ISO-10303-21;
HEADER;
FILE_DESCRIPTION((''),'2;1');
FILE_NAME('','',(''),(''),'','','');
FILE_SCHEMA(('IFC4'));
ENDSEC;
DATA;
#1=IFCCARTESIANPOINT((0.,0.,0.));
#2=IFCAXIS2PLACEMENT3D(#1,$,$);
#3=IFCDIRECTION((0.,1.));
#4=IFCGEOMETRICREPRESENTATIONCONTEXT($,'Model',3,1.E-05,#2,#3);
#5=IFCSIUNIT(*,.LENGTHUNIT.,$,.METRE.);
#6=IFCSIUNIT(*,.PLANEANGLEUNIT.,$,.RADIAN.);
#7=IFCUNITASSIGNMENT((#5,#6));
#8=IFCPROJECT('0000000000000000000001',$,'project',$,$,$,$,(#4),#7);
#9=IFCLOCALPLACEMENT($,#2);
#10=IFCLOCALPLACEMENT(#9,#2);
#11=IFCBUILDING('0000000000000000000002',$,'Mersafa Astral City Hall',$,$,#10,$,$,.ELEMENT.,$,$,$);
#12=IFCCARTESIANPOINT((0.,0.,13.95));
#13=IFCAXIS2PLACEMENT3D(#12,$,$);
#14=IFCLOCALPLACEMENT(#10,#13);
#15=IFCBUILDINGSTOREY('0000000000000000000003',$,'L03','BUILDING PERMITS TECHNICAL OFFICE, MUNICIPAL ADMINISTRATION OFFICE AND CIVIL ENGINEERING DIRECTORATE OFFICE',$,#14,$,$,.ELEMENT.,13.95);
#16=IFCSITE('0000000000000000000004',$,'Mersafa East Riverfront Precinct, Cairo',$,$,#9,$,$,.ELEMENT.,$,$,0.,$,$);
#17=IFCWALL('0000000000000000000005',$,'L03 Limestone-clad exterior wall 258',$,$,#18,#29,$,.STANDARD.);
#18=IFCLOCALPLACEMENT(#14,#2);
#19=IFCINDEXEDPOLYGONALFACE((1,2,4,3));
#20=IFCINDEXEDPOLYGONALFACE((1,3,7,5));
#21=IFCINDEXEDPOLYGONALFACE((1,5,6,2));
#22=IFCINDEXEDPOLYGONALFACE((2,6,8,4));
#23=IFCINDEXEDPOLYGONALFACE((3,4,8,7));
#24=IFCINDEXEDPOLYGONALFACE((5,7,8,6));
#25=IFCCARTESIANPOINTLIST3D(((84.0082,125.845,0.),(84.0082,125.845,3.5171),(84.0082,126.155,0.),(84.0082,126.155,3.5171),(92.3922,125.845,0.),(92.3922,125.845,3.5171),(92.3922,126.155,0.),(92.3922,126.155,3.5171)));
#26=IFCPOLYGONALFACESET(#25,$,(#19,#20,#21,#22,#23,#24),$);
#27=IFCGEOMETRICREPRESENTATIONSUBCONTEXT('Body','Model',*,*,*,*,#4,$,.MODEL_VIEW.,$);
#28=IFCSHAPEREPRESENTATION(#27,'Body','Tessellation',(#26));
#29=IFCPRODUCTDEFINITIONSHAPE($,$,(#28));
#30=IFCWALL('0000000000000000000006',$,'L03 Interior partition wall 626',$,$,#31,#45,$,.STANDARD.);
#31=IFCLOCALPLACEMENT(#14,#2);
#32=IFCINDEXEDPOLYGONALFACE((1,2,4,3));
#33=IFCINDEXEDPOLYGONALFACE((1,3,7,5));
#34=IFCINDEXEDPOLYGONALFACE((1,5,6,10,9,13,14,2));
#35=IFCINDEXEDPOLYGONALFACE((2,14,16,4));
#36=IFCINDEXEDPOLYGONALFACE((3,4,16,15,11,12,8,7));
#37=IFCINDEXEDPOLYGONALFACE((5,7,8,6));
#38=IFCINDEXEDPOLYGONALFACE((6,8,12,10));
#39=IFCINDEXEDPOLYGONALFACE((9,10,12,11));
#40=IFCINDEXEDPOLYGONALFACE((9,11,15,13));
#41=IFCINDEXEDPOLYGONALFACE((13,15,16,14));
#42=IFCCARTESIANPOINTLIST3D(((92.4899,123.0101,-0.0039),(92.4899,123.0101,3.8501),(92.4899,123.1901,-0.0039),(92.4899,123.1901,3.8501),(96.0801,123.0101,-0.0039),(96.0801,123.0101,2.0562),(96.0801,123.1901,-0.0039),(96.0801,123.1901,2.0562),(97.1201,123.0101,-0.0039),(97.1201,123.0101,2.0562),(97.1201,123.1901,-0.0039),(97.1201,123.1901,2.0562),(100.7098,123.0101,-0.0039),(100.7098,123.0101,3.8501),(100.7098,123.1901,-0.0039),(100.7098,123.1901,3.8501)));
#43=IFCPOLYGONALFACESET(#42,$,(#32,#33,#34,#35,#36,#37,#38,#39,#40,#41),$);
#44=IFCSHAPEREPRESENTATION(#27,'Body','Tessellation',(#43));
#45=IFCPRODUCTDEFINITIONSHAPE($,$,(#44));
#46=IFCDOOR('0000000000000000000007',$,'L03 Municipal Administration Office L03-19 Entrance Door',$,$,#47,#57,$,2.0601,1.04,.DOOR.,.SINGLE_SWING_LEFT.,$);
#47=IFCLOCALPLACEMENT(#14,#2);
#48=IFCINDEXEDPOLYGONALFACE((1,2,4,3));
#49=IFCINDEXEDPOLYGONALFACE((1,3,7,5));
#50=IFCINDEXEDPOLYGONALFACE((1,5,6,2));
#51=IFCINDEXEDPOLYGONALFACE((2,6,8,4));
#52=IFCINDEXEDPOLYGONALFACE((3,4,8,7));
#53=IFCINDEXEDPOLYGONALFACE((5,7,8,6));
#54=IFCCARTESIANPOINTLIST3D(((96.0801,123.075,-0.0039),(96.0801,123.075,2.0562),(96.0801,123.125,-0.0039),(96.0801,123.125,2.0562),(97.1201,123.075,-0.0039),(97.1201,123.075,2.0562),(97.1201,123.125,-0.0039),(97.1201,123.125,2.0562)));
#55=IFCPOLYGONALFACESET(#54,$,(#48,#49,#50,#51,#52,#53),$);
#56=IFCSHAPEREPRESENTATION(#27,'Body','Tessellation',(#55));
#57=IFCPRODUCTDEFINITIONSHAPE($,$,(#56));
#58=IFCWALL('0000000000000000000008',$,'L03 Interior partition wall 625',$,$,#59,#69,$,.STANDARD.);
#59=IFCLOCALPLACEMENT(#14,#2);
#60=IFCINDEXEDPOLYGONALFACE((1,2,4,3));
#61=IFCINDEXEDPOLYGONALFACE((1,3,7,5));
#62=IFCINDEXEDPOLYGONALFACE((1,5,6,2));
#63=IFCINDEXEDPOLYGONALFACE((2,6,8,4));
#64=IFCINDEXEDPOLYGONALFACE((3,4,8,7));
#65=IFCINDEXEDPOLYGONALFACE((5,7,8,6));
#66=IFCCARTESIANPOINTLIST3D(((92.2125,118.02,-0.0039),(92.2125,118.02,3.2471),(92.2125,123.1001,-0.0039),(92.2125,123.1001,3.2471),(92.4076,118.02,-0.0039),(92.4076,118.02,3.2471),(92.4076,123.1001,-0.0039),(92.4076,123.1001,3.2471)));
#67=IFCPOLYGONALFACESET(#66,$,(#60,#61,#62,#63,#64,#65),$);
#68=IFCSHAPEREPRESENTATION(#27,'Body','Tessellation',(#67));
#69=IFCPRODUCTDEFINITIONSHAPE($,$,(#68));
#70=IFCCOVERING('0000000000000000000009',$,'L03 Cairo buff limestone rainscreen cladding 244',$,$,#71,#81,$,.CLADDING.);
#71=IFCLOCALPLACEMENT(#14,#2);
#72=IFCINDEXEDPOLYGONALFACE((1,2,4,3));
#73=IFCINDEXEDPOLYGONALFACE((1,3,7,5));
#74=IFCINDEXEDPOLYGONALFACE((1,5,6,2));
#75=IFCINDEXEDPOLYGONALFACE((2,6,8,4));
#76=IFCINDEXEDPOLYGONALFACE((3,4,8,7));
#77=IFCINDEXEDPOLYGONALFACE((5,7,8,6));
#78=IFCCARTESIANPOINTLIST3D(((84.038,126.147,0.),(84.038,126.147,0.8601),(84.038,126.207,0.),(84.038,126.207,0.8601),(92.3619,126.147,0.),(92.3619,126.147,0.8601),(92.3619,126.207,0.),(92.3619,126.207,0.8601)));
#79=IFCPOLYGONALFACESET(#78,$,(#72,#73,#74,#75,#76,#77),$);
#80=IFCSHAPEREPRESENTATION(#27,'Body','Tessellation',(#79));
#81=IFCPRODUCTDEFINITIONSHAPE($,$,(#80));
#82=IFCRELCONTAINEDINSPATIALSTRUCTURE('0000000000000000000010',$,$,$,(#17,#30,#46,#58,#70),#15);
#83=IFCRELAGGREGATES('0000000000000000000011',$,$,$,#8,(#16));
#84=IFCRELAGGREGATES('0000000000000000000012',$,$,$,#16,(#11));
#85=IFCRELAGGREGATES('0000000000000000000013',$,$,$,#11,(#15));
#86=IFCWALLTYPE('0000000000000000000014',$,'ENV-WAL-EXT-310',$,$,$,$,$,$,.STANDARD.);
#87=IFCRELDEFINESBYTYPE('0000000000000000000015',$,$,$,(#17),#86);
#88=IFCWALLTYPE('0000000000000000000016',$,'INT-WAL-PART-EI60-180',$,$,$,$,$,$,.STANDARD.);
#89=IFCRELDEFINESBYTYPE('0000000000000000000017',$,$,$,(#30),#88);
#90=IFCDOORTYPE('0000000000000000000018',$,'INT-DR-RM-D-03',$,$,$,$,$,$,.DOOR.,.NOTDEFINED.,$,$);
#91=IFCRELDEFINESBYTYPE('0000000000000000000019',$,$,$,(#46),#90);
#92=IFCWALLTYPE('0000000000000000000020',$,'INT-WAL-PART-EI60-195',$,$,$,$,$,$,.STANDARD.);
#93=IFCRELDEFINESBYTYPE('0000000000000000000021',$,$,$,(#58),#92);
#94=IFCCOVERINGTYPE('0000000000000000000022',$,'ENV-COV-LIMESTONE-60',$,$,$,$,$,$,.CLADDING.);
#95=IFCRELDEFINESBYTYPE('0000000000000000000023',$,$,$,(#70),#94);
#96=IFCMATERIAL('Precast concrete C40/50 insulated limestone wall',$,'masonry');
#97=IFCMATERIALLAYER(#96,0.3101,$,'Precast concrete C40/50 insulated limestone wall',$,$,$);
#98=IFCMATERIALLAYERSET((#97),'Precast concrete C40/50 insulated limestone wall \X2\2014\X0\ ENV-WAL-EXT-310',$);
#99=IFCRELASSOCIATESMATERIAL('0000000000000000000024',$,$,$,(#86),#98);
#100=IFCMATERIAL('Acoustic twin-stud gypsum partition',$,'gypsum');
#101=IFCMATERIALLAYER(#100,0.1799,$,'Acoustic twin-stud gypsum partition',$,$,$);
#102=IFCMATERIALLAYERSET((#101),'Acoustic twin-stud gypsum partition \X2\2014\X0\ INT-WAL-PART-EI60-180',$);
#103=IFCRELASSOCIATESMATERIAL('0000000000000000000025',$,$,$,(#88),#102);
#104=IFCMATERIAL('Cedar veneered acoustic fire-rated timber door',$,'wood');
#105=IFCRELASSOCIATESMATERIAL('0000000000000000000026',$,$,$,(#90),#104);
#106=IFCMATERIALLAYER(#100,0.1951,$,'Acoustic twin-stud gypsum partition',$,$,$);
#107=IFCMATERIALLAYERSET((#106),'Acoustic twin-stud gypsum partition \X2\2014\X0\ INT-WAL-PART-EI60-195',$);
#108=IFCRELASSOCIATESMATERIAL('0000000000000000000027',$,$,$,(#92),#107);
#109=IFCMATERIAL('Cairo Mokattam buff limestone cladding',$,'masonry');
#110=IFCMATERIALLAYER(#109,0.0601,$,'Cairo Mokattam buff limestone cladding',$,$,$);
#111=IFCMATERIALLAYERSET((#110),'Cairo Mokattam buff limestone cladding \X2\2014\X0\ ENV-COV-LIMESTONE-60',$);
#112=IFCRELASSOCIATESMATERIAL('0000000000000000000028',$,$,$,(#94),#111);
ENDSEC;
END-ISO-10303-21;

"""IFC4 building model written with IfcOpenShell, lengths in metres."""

from ifc_helpers import new_model, si_unit, direction, frame, frame_2d, origin, origin_2d, place, context, subcontext, project, spatial, rectangle, extrude, material, layer, layer_set, type_object, element, fill, save


model = new_model("IFC4")

# Units and contexts
model_context = context("Model", 3, precision=1e-05, world=origin(), true_north=direction((0.0, 1.0)))
body_context = subcontext(model_context, "Body", "Model", "MODEL_VIEW")
ifc_project = project(units=[si_unit("LENGTHUNIT", "METRE"), si_unit("PLANEANGLEUNIT", "RADIAN")], contexts=[model_context])

# Site, building, storey
site_placement = place(None, origin())
site = spatial("IfcSite", under=ifc_project, at=site_placement, Name="Mersafa East Riverfront Precinct, Cairo", CompositionType="ELEMENT", RefElevation=0.0)
building_placement = place(site_placement, origin())
building = spatial("IfcBuilding", under=site, at=building_placement, Name="Mersafa Astral City Hall", CompositionType="ELEMENT")
storey_placement = place(building_placement, frame((0.0, 0.0, 13.95)))
storey = spatial("IfcBuildingStorey", under=building, at=storey_placement, Name="L03", Description="BUILDING PERMITS TECHNICAL OFFICE, MUNICIPAL ADMINISTRATION OFFICE AND CIVIL ENGINEERING DIRECTORATE OFFICE", CompositionType="ELEMENT", Elevation=13.95)

# Wall
ifc_material_1 = material(Name="Precast concrete C40/50 insulated limestone wall", Category="masonry")
ifc_layer_1 = layer(ifc_material_1, 0.3101, Name="Precast concrete C40/50 insulated limestone wall")
ifc_layer_set_1 = layer_set([ifc_layer_1], Name="Precast concrete C40/50 insulated limestone wall — ENV-WAL-EXT-310")
wall_type_1 = type_object("IfcWallType", Name="ENV-WAL-EXT-310", PredefinedType="STANDARD", material=ifc_layer_set_1)
wall_1_placement = place(storey_placement, frame((92.3921, 126.0, 0.0), z_axis=(0.0, 0.0, 1.0), x_axis=(-1.0, 0.0, 0.0)))
element("IfcWall", 1, at=wall_1_placement, inside=storey, type_object=wall_type_1, Name="L03 Limestone-clad exterior wall 258", PredefinedType="STANDARD", context=body_context, shape_type="SweptSolid", body=[
    extrude(rectangle(XDim=8.384, YDim=0.3101, at=frame_2d((4.1919, 0.0))), origin(), (0.0, 0.0, 1.0), 3.5171),
])

# Wall, opening, door
ifc_material_2 = material(Name="Acoustic twin-stud gypsum partition", Category="gypsum")
ifc_layer_2 = layer(ifc_material_2, 0.1799, Name="Acoustic twin-stud gypsum partition")
ifc_layer_set_2 = layer_set([ifc_layer_2], Name="Acoustic twin-stud gypsum partition — INT-WAL-PART-EI60-180")
wall_type_2 = type_object("IfcWallType", Name="INT-WAL-PART-EI60-180", PredefinedType="STANDARD", material=ifc_layer_set_2)
wall_2_placement = place(storey_placement, frame((92.49, 123.1001, -0.0039), z_axis=(0.0, 0.0, 1.0), x_axis=(1.0, 0.0, 0.0)))
wall_2 = element("IfcWall", 2, at=wall_2_placement, inside=storey, type_object=wall_type_2, Name="L03 Interior partition wall 626", PredefinedType="STANDARD", context=body_context, shape_type="SweptSolid", body=[
    extrude(rectangle(XDim=8.22, YDim=0.1799, at=frame_2d((4.1099, 0.0))), origin(), (0.0, 0.0, 1.0), 3.854),
])
opening_placement = place(wall_2_placement, frame((3.5901, 0.0, 0.0)))
opening = element("IfcOpeningElement", 3, at=opening_placement, cuts=wall_2, PredefinedType="OPENING", context=body_context, shape_type="SweptSolid", body=[
    extrude(rectangle(XDim=1.04, YDim=2.0601, at=frame_2d((0.52, 1.03))), frame((0.0, 0.0999, 0.0), z_axis=(0.0, -1.0, 0.0), x_axis=(1.0, 0.0, 0.0)), (0.0, 0.0, 1.0), 0.2),
])
ifc_material_3 = material(Name="Cedar veneered acoustic fire-rated timber door", Category="wood")
door_type = type_object("IfcDoorType", Name="INT-DR-RM-D-03", OperationType="NOTDEFINED", PredefinedType="DOOR", material=ifc_material_3)
door_placement = place(opening_placement, origin())
door = element("IfcDoor", 4, at=door_placement, inside=storey, type_object=door_type, Name="L03 Municipal Administration Office L03-19 Entrance Door", OperationType="SINGLE_SWING_LEFT", OverallHeight=2.0601, OverallWidth=1.04, PredefinedType="DOOR", context=body_context, shape_type="SweptSolid", body=[
    extrude(rectangle(XDim=1.04, YDim=2.0601, at=frame_2d((0.52, 1.03))), frame((0.0, 0.0249, 0.0), z_axis=(0.0, -1.0, 0.0), x_axis=(1.0, 0.0, 0.0)), (0.0, 0.0, 1.0), 0.05),
])
fill(opening, door)

# Wall
ifc_layer_3 = layer(ifc_material_2, 0.1951, Name="Acoustic twin-stud gypsum partition")
ifc_layer_set_3 = layer_set([ifc_layer_3], Name="Acoustic twin-stud gypsum partition — INT-WAL-PART-EI60-195")
wall_type_3 = type_object("IfcWallType", Name="INT-WAL-PART-EI60-195", PredefinedType="STANDARD", material=ifc_layer_set_3)
wall_3_placement = place(storey_placement, frame((92.3101, 123.1001, -0.0039), z_axis=(0.0, 0.0, 1.0), x_axis=(0.0, -1.0, 0.0)))
element("IfcWall", 5, at=wall_3_placement, inside=storey, type_object=wall_type_3, Name="L03 Interior partition wall 625", PredefinedType="STANDARD", context=body_context, shape_type="SweptSolid", body=[
    extrude(rectangle(XDim=5.0801, YDim=0.1951, at=frame_2d((2.54, 0.0))), origin(), (0.0, 0.0, 1.0), 3.251),
])

# Covering
ifc_material_4 = material(Name="Cairo Mokattam buff limestone cladding", Category="masonry")
ifc_layer_4 = layer(ifc_material_4, 0.0601, Name="Cairo Mokattam buff limestone cladding")
ifc_layer_set_4 = layer_set([ifc_layer_4], Name="Cairo Mokattam buff limestone cladding — ENV-COV-LIMESTONE-60")
covering_type = type_object("IfcCoveringType", Name="ENV-COV-LIMESTONE-60", PredefinedType="CLADDING", material=ifc_layer_set_4)
covering_placement = place(storey_placement, frame((88.2, 126.177, 0.0), z_axis=(0.0, 0.0, 1.0), x_axis=(-1.0, 0.0, 0.0)))
element("IfcCovering", 6, at=covering_placement, inside=storey, type_object=covering_type, Name="L03 Cairo buff limestone rainscreen cladding 244", PredefinedType="CLADDING", context=body_context, shape_type="SweptSolid", body=[
    extrude(rectangle(XDim=8.324, YDim=0.0601, at=origin_2d()), origin(), (0.0, 0.0, 1.0), 0.8601),
])

save(model, "model.ifc")
